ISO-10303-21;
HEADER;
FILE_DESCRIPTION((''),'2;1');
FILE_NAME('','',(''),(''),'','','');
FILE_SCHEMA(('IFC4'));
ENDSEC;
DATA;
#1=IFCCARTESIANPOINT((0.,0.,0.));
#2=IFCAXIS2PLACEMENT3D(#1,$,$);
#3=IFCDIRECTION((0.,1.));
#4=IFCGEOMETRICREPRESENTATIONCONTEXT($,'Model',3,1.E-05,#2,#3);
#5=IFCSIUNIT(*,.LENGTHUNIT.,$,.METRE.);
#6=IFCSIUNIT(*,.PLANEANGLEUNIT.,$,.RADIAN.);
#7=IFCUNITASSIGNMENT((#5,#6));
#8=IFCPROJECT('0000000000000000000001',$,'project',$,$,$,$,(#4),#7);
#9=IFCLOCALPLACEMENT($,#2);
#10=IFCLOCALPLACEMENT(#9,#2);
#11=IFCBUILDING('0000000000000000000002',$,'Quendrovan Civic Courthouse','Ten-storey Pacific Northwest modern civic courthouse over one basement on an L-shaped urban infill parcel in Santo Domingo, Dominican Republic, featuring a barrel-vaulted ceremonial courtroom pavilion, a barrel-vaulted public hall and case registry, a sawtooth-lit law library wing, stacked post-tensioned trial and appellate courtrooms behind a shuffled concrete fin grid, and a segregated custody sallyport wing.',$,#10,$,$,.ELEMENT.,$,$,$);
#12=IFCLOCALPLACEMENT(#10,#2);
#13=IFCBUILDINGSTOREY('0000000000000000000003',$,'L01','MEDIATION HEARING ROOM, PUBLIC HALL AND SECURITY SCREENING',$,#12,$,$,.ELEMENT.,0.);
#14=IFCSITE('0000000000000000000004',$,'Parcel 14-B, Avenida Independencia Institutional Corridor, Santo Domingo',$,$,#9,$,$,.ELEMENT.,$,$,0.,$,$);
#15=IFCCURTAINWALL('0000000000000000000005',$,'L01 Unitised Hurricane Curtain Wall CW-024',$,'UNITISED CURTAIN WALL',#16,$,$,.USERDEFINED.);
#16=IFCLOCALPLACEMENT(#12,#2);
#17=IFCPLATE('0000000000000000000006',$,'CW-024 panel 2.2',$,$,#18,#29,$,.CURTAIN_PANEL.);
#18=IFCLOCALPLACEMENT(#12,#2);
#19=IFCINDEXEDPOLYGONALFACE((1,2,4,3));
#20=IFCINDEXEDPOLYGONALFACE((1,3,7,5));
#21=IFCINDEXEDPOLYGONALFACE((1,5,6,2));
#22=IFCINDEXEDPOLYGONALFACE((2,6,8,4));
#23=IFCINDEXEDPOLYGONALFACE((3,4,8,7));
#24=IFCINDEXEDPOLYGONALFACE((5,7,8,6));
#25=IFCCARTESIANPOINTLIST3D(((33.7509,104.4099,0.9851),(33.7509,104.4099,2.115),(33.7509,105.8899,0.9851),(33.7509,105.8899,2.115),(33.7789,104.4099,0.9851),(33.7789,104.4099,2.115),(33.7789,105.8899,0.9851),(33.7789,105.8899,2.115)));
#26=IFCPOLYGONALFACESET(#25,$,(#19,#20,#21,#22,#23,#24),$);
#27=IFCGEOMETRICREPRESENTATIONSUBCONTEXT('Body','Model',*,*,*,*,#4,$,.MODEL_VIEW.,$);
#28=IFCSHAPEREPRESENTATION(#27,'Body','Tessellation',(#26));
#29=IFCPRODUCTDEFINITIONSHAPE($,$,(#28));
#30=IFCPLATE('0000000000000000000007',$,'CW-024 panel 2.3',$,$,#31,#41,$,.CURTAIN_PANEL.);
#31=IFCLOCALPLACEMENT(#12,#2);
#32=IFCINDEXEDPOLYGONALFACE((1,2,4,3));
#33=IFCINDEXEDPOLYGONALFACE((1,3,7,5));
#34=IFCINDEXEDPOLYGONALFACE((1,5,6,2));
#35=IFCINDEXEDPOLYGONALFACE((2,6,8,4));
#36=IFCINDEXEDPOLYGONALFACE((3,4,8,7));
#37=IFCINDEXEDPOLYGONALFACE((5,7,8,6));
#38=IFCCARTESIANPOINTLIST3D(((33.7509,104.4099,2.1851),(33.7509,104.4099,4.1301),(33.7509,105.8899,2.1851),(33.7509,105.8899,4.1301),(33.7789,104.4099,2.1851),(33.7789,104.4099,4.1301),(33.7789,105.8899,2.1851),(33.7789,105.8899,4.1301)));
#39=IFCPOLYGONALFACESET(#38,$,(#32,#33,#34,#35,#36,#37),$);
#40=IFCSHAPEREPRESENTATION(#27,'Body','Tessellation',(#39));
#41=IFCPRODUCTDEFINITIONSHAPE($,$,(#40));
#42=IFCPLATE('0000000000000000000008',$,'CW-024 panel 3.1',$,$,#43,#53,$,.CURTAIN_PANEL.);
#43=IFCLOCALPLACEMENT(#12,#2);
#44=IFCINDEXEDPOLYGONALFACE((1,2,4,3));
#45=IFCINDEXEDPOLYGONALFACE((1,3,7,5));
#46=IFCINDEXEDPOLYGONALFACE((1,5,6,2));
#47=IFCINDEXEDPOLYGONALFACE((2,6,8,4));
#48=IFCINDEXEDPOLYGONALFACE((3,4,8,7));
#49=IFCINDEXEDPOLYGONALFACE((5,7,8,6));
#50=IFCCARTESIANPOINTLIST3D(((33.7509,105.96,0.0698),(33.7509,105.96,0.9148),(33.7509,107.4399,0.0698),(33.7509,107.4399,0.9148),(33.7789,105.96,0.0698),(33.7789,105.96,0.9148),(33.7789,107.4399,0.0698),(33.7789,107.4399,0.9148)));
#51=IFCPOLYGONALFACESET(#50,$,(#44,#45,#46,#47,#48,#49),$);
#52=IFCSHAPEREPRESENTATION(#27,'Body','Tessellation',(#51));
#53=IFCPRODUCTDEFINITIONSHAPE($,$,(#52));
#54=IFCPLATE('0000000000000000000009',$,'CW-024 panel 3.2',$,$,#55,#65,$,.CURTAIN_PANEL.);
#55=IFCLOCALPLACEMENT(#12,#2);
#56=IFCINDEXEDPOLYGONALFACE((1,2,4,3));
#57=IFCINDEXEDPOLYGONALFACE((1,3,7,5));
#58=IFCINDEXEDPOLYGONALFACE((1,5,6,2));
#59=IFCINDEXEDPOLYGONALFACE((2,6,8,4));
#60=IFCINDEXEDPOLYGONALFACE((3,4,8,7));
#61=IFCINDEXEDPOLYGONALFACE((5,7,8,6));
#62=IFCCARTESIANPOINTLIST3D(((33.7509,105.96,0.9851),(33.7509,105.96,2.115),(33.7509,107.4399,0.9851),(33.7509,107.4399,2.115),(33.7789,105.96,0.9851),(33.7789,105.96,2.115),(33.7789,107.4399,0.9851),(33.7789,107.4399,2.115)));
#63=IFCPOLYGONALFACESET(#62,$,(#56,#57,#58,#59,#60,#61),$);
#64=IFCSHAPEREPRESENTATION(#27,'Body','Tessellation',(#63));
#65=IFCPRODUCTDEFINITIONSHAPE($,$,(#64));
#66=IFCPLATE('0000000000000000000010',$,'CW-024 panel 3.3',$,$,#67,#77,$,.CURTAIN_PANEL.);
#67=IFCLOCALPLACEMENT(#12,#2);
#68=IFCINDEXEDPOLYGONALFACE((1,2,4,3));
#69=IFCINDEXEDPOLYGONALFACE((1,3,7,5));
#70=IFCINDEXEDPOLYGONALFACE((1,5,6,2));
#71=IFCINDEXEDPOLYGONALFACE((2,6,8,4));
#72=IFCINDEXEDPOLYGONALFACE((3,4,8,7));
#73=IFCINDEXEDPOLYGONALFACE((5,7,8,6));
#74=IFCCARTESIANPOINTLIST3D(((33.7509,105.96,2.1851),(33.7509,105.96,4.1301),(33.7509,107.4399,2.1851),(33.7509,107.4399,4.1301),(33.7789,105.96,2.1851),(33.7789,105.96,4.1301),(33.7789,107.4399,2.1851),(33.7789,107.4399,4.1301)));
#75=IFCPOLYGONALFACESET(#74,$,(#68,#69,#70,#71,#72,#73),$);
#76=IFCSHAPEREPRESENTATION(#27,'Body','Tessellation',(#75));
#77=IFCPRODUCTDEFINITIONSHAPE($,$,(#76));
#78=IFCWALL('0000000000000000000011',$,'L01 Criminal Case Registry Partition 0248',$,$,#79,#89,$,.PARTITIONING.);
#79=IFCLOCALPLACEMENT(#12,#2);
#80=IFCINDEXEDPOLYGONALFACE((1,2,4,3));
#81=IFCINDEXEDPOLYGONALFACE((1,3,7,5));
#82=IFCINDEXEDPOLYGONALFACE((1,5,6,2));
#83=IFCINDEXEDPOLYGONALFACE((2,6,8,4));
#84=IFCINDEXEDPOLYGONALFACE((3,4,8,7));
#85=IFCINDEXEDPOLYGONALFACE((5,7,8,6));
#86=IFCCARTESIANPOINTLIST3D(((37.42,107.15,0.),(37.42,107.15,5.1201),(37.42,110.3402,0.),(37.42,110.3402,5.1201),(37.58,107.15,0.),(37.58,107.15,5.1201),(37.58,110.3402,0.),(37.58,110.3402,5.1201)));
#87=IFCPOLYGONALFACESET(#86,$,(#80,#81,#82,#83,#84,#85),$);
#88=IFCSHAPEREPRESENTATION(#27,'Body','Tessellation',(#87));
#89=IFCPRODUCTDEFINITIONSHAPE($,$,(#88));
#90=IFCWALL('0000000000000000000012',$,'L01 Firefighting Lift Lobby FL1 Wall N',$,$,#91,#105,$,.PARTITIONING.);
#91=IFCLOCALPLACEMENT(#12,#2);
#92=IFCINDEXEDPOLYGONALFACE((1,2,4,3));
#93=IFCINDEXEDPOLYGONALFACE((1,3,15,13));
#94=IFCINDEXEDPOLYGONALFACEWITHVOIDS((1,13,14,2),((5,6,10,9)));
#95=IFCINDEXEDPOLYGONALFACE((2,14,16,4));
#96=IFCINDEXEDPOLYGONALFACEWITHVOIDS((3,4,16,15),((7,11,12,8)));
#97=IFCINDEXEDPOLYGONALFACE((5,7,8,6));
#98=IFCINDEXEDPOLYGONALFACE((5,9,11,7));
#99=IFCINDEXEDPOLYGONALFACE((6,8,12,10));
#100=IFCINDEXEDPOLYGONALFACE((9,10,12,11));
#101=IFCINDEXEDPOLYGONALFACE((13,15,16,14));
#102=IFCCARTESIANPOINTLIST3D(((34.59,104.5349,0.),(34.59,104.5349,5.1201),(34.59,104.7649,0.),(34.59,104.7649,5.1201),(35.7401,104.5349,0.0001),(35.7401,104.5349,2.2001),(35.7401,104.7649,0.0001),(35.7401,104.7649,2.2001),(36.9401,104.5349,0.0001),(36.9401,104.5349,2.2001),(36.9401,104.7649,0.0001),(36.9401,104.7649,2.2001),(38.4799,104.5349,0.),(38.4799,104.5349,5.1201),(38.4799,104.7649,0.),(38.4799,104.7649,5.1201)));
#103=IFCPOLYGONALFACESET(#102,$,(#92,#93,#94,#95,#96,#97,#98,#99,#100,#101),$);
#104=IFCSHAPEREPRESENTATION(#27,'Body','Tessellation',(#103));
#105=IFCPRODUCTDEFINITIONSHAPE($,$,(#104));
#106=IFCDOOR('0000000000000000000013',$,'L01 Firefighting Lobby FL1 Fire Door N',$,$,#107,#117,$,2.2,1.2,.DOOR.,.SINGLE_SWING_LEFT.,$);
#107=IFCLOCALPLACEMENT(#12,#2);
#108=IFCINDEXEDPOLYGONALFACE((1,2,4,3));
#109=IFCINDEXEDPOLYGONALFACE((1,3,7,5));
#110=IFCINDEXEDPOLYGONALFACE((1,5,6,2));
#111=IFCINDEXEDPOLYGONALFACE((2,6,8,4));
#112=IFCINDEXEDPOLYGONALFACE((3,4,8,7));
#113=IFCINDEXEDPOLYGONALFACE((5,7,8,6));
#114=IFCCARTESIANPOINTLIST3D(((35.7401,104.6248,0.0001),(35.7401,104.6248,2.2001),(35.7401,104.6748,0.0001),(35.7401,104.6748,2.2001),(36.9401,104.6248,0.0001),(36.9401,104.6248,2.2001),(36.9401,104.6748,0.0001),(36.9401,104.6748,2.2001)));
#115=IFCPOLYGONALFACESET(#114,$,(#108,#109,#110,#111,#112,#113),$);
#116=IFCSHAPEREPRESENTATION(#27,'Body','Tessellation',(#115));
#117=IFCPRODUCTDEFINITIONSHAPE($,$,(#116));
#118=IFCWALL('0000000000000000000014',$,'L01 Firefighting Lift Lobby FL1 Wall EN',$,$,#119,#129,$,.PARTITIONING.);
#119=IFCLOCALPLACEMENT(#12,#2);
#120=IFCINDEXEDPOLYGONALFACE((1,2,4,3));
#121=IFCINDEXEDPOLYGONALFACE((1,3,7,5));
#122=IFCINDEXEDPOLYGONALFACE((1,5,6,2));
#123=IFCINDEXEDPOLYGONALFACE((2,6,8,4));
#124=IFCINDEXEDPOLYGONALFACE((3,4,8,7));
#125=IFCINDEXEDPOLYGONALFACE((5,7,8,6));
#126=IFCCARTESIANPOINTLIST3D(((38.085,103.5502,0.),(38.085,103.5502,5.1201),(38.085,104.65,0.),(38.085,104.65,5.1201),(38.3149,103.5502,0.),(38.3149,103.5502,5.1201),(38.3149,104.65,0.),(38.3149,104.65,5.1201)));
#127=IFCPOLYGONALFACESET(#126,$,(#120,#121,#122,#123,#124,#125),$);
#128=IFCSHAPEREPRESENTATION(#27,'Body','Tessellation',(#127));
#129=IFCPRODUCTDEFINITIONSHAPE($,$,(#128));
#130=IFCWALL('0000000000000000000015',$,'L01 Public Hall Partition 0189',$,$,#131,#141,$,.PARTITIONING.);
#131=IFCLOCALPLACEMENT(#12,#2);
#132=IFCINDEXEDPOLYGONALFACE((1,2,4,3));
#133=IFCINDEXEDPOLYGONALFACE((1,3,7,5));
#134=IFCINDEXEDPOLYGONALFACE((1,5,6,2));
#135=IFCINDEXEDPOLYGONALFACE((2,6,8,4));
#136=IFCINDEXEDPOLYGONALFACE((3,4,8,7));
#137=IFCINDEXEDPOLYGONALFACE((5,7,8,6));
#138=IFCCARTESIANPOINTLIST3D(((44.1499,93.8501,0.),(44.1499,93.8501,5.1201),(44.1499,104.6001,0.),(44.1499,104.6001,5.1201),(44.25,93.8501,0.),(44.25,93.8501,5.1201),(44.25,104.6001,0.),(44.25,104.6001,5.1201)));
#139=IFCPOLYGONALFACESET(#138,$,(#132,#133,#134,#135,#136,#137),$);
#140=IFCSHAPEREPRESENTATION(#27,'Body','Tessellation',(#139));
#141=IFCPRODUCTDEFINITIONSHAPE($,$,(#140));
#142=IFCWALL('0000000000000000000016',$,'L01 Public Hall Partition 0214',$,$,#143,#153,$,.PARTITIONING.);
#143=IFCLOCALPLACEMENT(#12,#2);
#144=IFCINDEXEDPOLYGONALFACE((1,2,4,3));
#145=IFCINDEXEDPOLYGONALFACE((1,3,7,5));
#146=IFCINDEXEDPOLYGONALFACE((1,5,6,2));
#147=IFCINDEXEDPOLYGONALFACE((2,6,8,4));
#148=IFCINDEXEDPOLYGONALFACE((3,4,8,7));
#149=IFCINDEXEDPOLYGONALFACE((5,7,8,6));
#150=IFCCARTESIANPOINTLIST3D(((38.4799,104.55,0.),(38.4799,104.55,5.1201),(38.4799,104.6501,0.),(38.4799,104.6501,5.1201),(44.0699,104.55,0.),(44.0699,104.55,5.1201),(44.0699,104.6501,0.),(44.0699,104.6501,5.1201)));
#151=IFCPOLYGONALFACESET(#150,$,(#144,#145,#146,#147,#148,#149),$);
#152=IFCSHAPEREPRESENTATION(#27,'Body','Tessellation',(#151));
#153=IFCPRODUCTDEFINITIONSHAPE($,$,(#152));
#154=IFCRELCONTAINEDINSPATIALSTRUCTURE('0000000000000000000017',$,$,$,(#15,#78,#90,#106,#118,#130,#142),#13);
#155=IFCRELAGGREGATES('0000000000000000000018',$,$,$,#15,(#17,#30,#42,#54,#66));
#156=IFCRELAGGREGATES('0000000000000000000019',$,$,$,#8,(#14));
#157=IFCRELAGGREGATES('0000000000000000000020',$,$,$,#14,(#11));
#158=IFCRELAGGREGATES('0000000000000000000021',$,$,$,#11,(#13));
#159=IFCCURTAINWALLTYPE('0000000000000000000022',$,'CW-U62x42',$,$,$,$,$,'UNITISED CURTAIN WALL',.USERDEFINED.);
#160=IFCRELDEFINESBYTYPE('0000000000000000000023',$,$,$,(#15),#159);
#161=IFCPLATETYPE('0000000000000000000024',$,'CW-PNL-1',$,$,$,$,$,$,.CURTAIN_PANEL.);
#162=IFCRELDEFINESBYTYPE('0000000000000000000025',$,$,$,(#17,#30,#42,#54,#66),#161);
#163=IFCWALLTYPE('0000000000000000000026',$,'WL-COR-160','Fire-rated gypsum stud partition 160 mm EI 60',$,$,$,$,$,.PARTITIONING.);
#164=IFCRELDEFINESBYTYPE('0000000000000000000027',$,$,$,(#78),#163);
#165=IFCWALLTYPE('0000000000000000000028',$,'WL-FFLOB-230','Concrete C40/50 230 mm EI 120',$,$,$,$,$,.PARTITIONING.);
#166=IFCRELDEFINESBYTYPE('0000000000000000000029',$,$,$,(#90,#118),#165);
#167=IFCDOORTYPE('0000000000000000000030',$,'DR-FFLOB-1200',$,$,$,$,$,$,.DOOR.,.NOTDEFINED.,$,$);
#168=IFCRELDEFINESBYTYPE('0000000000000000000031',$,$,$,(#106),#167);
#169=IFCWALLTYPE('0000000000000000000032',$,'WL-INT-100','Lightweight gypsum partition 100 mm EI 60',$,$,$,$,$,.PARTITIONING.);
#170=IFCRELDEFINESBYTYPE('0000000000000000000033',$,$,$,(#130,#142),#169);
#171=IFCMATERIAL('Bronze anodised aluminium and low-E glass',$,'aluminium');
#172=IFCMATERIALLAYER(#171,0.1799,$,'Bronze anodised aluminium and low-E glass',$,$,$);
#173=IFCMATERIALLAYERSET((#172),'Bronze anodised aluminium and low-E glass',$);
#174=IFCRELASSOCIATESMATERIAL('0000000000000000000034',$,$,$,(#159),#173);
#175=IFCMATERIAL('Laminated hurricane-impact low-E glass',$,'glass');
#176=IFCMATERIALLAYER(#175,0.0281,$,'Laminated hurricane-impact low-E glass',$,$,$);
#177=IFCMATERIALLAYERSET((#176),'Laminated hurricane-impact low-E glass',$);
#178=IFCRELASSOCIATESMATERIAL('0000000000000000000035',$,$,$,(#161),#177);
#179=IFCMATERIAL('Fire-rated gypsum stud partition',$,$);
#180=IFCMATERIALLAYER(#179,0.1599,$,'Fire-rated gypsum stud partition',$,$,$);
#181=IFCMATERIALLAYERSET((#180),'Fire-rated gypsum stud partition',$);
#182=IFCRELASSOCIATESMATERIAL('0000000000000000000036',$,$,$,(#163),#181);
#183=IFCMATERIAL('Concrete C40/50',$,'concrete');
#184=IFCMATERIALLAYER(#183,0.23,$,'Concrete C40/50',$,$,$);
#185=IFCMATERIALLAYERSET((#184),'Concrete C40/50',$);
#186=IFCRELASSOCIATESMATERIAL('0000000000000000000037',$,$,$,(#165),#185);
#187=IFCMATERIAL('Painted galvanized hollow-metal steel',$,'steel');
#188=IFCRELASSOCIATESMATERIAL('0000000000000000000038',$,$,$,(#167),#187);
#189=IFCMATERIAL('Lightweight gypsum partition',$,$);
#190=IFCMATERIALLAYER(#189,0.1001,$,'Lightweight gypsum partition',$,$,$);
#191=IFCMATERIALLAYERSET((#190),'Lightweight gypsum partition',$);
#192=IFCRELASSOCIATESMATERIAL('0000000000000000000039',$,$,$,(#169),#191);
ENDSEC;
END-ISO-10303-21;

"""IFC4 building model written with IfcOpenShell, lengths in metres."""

from ifc_helpers import new_model, si_unit, direction, frame, frame_2d, origin, origin_2d, place, context, subcontext, project, spatial, rectangle, extrude, material, layer, layer_set, type_object, element, fill, aggregate, save


model = new_model("IFC4")

# Units and contexts
model_context = context("Model", 3, precision=1e-05, world=origin(), true_north=direction((0.0, 1.0)))
body_context = subcontext(model_context, "Body", "Model", "MODEL_VIEW")
ifc_project = project(units=[si_unit("LENGTHUNIT", "METRE"), si_unit("PLANEANGLEUNIT", "RADIAN")], contexts=[model_context])

# Site, building, storey
site_placement = place(None, origin())
site = spatial("IfcSite", under=ifc_project, at=site_placement, Name="Parcel 14-B, Avenida Independencia Institutional Corridor, Santo Domingo", CompositionType="ELEMENT", RefElevation=0.0)
building_placement = place(site_placement, origin())
building = spatial("IfcBuilding", under=site, at=building_placement, Name="Quendrovan Civic Courthouse", Description="Ten-storey Pacific Northwest modern civic courthouse over one basement on an L-shaped urban infill parcel in Santo Domingo, Dominican Republic, featuring a barrel-vaulted ceremonial courtroom pavilion, a barrel-vaulted public hall and case registry, a sawtooth-lit law library wing, stacked post-tensioned trial and appellate courtrooms behind a shuffled concrete fin grid, and a segregated custody sallyport wing.", CompositionType="ELEMENT")
storey_placement = place(building_placement, origin())
storey = spatial("IfcBuildingStorey", under=building, at=storey_placement, Name="L01", Description="MEDIATION HEARING ROOM, PUBLIC HALL AND SECURITY SCREENING", CompositionType="ELEMENT", Elevation=0.0)

# Curtain wall, plates
ifc_material_1 = material(Name="Bronze anodised aluminium and low-E glass", Category="aluminium")
ifc_layer_1 = layer(ifc_material_1, 0.1799, Name="Bronze anodised aluminium and low-E glass")
ifc_layer_set_1 = layer_set([ifc_layer_1], Name="Bronze anodised aluminium and low-E glass")
curtain_wall_type = type_object("IfcCurtainWallType", Name="CW-U62x42", ElementType="UNITISED CURTAIN WALL", PredefinedType="USERDEFINED", material=ifc_layer_set_1)
curtain_wall_placement = place(storey_placement, origin())
curtain_wall = element("IfcCurtainWall", 1, at=curtain_wall_placement, inside=storey, type_object=curtain_wall_type, Name="L01 Unitised Hurricane Curtain Wall CW-024", ObjectType="UNITISED CURTAIN WALL", PredefinedType="USERDEFINED")
ifc_material_2 = material(Name="Laminated hurricane-impact low-E glass", Category="glass")
ifc_layer_2 = layer(ifc_material_2, 0.0281, Name="Laminated hurricane-impact low-E glass")
ifc_layer_set_2 = layer_set([ifc_layer_2], Name="Laminated hurricane-impact low-E glass")
plate_type = type_object("IfcPlateType", Name="CW-PNL-1", PredefinedType="CURTAIN_PANEL", material=ifc_layer_set_2)
plate_1_placement = place(storey_placement, frame((33.7649, 105.1499, 0.9851), z_axis=(0.0, 0.0, 1.0), x_axis=(0.0, 1.0, 0.0)))
plate_1 = element("IfcPlate", 2, at=plate_1_placement, type_object=plate_type, Name="CW-024 panel 2.2", PredefinedType="CURTAIN_PANEL", context=body_context, shape_type="SweptSolid", body=[
    extrude(rectangle(XDim=1.48, YDim=0.0281, at=origin_2d()), origin(), (0.0, 0.0, 1.0), 1.1299),
])
plate_2_placement = place(storey_placement, frame((33.7649, 105.1499, 2.1851), z_axis=(0.0, 0.0, 1.0), x_axis=(0.0, 1.0, 0.0)))
plate_2 = element("IfcPlate", 3, at=plate_2_placement, type_object=plate_type, Name="CW-024 panel 2.3", PredefinedType="CURTAIN_PANEL", context=body_context, shape_type="SweptSolid", body=[
    extrude(rectangle(XDim=1.48, YDim=0.0281, at=origin_2d()), origin(), (0.0, 0.0, 1.0), 1.9451),
])
plate_3_placement = place(storey_placement, frame((33.7649, 106.7, 0.0698), z_axis=(0.0, 0.0, 1.0), x_axis=(0.0, 1.0, 0.0)))
plate_3 = element("IfcPlate", 4, at=plate_3_placement, type_object=plate_type, Name="CW-024 panel 3.1", PredefinedType="CURTAIN_PANEL", context=body_context, shape_type="SweptSolid", body=[
    extrude(rectangle(XDim=1.48, YDim=0.0281, at=origin_2d()), origin(), (0.0, 0.0, 1.0), 0.845),
])
plate_4_placement = place(storey_placement, frame((33.7649, 106.7, 0.9851), z_axis=(0.0, 0.0, 1.0), x_axis=(0.0, 1.0, 0.0)))
plate_4 = element("IfcPlate", 5, at=plate_4_placement, type_object=plate_type, Name="CW-024 panel 3.2", PredefinedType="CURTAIN_PANEL", context=body_context, shape_type="SweptSolid", body=[
    extrude(rectangle(XDim=1.48, YDim=0.0281, at=origin_2d()), origin(), (0.0, 0.0, 1.0), 1.1299),
])
plate_5_placement = place(storey_placement, frame((33.7649, 106.7, 2.1851), z_axis=(0.0, 0.0, 1.0), x_axis=(0.0, 1.0, 0.0)))
plate_5 = element("IfcPlate", 6, at=plate_5_placement, type_object=plate_type, Name="CW-024 panel 3.3", PredefinedType="CURTAIN_PANEL", context=body_context, shape_type="SweptSolid", body=[
    extrude(rectangle(XDim=1.48, YDim=0.0281, at=origin_2d()), origin(), (0.0, 0.0, 1.0), 1.9451),
])
aggregate(curtain_wall, [plate_1, plate_2, plate_3, plate_4, plate_5])

# Wall
ifc_material_3 = material(Name="Fire-rated gypsum stud partition")
ifc_layer_3 = layer(ifc_material_3, 0.1599, Name="Fire-rated gypsum stud partition")
ifc_layer_set_3 = layer_set([ifc_layer_3], Name="Fire-rated gypsum stud partition")
wall_type_1 = type_object("IfcWallType", Name="WL-COR-160", Description="Fire-rated gypsum stud partition 160 mm EI 60", PredefinedType="PARTITIONING", material=ifc_layer_set_3)
wall_1_placement = place(storey_placement, frame((37.5, 107.1499, 0.0), z_axis=(0.0, 0.0, 1.0), x_axis=(0.0, 1.0, 0.0)))
element("IfcWall", 7, at=wall_1_placement, inside=storey, type_object=wall_type_1, Name="L01 Criminal Case Registry Partition 0248", PredefinedType="PARTITIONING", context=body_context, shape_type="SweptSolid", body=[
    extrude(rectangle(XDim=3.1902, YDim=0.1599, at=frame_2d((1.5952, 0.0))), origin(), (0.0, 0.0, 1.0), 5.1201),
])

# Wall, opening, door
ifc_material_4 = material(Name="Concrete C40/50", Category="concrete")
ifc_layer_4 = layer(ifc_material_4, 0.23, Name="Concrete C40/50")
ifc_layer_set_4 = layer_set([ifc_layer_4], Name="Concrete C40/50")
wall_type_2 = type_object("IfcWallType", Name="WL-FFLOB-230", Description="Concrete C40/50 230 mm EI 120", PredefinedType="PARTITIONING", material=ifc_layer_set_4)
wall_2_placement = place(storey_placement, frame((34.5901, 104.6499, 0.0), z_axis=(0.0, 0.0, 1.0), x_axis=(1.0, 0.0, 0.0)))
wall_2 = element("IfcWall", 8, at=wall_2_placement, inside=storey, type_object=wall_type_2, Name="L01 Firefighting Lift Lobby FL1 Wall N", PredefinedType="PARTITIONING", context=body_context, shape_type="SweptSolid", body=[
    extrude(rectangle(XDim=3.8899, YDim=0.23, at=frame_2d((1.9448, 0.0))), origin(), (0.0, 0.0, 1.0), 5.1201),
])
opening_1_placement = place(wall_2_placement, frame((1.1499, 0.0, 0.0)))
opening_1 = element("IfcOpeningElement", 9, at=opening_1_placement, cuts=wall_2, PredefinedType="OPENING", context=body_context, shape_type="SweptSolid", body=[
    extrude(rectangle(XDim=1.2, YDim=2.2, at=frame_2d((0.6001, 1.1001))), frame((0.0, 0.125, 0.0), z_axis=(0.0, -1.0, 0.0), x_axis=(1.0, 0.0, 0.0)), (0.0, 0.0, 1.0), 0.25),
])
ifc_material_5 = material(Name="Painted galvanized hollow-metal steel", Category="steel")
door_type_1 = type_object("IfcDoorType", Name="DR-FFLOB-1200", OperationType="NOTDEFINED", PredefinedType="DOOR", material=ifc_material_5)
door_1_placement = place(opening_1_placement, origin())
door_1 = element("IfcDoor", 10, at=door_1_placement, inside=storey, type_object=door_type_1, Name="L01 Firefighting Lobby FL1 Fire Door N", OperationType="SINGLE_SWING_LEFT", OverallHeight=2.2, OverallWidth=1.2, PredefinedType="DOOR", context=body_context, shape_type="SweptSolid", body=[
    extrude(rectangle(XDim=1.2, YDim=2.2, at=frame_2d((0.6001, 1.1001))), frame((0.0, 0.0249, 0.0), z_axis=(0.0, -1.0, 0.0), x_axis=(1.0, 0.0, 0.0)), (0.0, 0.0, 1.0), 0.05),
])
fill(opening_1, door_1)

# Walls
wall_3_placement = place(storey_placement, frame((38.2, 104.6499, 0.0), z_axis=(0.0, 0.0, 1.0), x_axis=(0.0, -1.0, 0.0)))
element("IfcWall", 11, at=wall_3_placement, inside=storey, type_object=wall_type_2, Name="L01 Firefighting Lift Lobby FL1 Wall EN", PredefinedType="PARTITIONING", context=body_context, shape_type="SweptSolid", body=[
    extrude(rectangle(XDim=1.0999, YDim=0.23, at=frame_2d((0.5498, 0.0))), origin(), (0.0, 0.0, 1.0), 5.1201),
])
ifc_material_6 = material(Name="Lightweight gypsum partition")
ifc_layer_5 = layer(ifc_material_6, 0.1001, Name="Lightweight gypsum partition")
ifc_layer_set_5 = layer_set([ifc_layer_5], Name="Lightweight gypsum partition")
wall_type_3 = type_object("IfcWallType", Name="WL-INT-100", Description="Lightweight gypsum partition 100 mm EI 60", PredefinedType="PARTITIONING", material=ifc_layer_set_5)
wall_4_placement = place(storey_placement, frame((44.2, 104.6001, 0.0), z_axis=(0.0, 0.0, 1.0), x_axis=(0.0, -1.0, 0.0)))
element("IfcWall", 12, at=wall_4_placement, inside=storey, type_object=wall_type_3, Name="L01 Public Hall Partition 0189", PredefinedType="PARTITIONING", context=body_context, shape_type="SweptSolid", body=[
    extrude(rectangle(XDim=10.75, YDim=0.1001, at=frame_2d((5.375, 0.0))), origin(), (0.0, 0.0, 1.0), 5.1201),
])
wall_5_placement = place(storey_placement, frame((38.48, 104.6001, 0.0), z_axis=(0.0, 0.0, 1.0), x_axis=(1.0, 0.0, 0.0)))
element("IfcWall", 13, at=wall_5_placement, inside=storey, type_object=wall_type_3, Name="L01 Public Hall Partition 0214", PredefinedType="PARTITIONING", context=body_context, shape_type="SweptSolid", body=[
    extrude(rectangle(XDim=5.5901, YDim=0.1001, at=frame_2d((2.7949, 0.0))), origin(), (0.0, 0.0, 1.0), 5.1201),
])

save(model, "model.ifc")
